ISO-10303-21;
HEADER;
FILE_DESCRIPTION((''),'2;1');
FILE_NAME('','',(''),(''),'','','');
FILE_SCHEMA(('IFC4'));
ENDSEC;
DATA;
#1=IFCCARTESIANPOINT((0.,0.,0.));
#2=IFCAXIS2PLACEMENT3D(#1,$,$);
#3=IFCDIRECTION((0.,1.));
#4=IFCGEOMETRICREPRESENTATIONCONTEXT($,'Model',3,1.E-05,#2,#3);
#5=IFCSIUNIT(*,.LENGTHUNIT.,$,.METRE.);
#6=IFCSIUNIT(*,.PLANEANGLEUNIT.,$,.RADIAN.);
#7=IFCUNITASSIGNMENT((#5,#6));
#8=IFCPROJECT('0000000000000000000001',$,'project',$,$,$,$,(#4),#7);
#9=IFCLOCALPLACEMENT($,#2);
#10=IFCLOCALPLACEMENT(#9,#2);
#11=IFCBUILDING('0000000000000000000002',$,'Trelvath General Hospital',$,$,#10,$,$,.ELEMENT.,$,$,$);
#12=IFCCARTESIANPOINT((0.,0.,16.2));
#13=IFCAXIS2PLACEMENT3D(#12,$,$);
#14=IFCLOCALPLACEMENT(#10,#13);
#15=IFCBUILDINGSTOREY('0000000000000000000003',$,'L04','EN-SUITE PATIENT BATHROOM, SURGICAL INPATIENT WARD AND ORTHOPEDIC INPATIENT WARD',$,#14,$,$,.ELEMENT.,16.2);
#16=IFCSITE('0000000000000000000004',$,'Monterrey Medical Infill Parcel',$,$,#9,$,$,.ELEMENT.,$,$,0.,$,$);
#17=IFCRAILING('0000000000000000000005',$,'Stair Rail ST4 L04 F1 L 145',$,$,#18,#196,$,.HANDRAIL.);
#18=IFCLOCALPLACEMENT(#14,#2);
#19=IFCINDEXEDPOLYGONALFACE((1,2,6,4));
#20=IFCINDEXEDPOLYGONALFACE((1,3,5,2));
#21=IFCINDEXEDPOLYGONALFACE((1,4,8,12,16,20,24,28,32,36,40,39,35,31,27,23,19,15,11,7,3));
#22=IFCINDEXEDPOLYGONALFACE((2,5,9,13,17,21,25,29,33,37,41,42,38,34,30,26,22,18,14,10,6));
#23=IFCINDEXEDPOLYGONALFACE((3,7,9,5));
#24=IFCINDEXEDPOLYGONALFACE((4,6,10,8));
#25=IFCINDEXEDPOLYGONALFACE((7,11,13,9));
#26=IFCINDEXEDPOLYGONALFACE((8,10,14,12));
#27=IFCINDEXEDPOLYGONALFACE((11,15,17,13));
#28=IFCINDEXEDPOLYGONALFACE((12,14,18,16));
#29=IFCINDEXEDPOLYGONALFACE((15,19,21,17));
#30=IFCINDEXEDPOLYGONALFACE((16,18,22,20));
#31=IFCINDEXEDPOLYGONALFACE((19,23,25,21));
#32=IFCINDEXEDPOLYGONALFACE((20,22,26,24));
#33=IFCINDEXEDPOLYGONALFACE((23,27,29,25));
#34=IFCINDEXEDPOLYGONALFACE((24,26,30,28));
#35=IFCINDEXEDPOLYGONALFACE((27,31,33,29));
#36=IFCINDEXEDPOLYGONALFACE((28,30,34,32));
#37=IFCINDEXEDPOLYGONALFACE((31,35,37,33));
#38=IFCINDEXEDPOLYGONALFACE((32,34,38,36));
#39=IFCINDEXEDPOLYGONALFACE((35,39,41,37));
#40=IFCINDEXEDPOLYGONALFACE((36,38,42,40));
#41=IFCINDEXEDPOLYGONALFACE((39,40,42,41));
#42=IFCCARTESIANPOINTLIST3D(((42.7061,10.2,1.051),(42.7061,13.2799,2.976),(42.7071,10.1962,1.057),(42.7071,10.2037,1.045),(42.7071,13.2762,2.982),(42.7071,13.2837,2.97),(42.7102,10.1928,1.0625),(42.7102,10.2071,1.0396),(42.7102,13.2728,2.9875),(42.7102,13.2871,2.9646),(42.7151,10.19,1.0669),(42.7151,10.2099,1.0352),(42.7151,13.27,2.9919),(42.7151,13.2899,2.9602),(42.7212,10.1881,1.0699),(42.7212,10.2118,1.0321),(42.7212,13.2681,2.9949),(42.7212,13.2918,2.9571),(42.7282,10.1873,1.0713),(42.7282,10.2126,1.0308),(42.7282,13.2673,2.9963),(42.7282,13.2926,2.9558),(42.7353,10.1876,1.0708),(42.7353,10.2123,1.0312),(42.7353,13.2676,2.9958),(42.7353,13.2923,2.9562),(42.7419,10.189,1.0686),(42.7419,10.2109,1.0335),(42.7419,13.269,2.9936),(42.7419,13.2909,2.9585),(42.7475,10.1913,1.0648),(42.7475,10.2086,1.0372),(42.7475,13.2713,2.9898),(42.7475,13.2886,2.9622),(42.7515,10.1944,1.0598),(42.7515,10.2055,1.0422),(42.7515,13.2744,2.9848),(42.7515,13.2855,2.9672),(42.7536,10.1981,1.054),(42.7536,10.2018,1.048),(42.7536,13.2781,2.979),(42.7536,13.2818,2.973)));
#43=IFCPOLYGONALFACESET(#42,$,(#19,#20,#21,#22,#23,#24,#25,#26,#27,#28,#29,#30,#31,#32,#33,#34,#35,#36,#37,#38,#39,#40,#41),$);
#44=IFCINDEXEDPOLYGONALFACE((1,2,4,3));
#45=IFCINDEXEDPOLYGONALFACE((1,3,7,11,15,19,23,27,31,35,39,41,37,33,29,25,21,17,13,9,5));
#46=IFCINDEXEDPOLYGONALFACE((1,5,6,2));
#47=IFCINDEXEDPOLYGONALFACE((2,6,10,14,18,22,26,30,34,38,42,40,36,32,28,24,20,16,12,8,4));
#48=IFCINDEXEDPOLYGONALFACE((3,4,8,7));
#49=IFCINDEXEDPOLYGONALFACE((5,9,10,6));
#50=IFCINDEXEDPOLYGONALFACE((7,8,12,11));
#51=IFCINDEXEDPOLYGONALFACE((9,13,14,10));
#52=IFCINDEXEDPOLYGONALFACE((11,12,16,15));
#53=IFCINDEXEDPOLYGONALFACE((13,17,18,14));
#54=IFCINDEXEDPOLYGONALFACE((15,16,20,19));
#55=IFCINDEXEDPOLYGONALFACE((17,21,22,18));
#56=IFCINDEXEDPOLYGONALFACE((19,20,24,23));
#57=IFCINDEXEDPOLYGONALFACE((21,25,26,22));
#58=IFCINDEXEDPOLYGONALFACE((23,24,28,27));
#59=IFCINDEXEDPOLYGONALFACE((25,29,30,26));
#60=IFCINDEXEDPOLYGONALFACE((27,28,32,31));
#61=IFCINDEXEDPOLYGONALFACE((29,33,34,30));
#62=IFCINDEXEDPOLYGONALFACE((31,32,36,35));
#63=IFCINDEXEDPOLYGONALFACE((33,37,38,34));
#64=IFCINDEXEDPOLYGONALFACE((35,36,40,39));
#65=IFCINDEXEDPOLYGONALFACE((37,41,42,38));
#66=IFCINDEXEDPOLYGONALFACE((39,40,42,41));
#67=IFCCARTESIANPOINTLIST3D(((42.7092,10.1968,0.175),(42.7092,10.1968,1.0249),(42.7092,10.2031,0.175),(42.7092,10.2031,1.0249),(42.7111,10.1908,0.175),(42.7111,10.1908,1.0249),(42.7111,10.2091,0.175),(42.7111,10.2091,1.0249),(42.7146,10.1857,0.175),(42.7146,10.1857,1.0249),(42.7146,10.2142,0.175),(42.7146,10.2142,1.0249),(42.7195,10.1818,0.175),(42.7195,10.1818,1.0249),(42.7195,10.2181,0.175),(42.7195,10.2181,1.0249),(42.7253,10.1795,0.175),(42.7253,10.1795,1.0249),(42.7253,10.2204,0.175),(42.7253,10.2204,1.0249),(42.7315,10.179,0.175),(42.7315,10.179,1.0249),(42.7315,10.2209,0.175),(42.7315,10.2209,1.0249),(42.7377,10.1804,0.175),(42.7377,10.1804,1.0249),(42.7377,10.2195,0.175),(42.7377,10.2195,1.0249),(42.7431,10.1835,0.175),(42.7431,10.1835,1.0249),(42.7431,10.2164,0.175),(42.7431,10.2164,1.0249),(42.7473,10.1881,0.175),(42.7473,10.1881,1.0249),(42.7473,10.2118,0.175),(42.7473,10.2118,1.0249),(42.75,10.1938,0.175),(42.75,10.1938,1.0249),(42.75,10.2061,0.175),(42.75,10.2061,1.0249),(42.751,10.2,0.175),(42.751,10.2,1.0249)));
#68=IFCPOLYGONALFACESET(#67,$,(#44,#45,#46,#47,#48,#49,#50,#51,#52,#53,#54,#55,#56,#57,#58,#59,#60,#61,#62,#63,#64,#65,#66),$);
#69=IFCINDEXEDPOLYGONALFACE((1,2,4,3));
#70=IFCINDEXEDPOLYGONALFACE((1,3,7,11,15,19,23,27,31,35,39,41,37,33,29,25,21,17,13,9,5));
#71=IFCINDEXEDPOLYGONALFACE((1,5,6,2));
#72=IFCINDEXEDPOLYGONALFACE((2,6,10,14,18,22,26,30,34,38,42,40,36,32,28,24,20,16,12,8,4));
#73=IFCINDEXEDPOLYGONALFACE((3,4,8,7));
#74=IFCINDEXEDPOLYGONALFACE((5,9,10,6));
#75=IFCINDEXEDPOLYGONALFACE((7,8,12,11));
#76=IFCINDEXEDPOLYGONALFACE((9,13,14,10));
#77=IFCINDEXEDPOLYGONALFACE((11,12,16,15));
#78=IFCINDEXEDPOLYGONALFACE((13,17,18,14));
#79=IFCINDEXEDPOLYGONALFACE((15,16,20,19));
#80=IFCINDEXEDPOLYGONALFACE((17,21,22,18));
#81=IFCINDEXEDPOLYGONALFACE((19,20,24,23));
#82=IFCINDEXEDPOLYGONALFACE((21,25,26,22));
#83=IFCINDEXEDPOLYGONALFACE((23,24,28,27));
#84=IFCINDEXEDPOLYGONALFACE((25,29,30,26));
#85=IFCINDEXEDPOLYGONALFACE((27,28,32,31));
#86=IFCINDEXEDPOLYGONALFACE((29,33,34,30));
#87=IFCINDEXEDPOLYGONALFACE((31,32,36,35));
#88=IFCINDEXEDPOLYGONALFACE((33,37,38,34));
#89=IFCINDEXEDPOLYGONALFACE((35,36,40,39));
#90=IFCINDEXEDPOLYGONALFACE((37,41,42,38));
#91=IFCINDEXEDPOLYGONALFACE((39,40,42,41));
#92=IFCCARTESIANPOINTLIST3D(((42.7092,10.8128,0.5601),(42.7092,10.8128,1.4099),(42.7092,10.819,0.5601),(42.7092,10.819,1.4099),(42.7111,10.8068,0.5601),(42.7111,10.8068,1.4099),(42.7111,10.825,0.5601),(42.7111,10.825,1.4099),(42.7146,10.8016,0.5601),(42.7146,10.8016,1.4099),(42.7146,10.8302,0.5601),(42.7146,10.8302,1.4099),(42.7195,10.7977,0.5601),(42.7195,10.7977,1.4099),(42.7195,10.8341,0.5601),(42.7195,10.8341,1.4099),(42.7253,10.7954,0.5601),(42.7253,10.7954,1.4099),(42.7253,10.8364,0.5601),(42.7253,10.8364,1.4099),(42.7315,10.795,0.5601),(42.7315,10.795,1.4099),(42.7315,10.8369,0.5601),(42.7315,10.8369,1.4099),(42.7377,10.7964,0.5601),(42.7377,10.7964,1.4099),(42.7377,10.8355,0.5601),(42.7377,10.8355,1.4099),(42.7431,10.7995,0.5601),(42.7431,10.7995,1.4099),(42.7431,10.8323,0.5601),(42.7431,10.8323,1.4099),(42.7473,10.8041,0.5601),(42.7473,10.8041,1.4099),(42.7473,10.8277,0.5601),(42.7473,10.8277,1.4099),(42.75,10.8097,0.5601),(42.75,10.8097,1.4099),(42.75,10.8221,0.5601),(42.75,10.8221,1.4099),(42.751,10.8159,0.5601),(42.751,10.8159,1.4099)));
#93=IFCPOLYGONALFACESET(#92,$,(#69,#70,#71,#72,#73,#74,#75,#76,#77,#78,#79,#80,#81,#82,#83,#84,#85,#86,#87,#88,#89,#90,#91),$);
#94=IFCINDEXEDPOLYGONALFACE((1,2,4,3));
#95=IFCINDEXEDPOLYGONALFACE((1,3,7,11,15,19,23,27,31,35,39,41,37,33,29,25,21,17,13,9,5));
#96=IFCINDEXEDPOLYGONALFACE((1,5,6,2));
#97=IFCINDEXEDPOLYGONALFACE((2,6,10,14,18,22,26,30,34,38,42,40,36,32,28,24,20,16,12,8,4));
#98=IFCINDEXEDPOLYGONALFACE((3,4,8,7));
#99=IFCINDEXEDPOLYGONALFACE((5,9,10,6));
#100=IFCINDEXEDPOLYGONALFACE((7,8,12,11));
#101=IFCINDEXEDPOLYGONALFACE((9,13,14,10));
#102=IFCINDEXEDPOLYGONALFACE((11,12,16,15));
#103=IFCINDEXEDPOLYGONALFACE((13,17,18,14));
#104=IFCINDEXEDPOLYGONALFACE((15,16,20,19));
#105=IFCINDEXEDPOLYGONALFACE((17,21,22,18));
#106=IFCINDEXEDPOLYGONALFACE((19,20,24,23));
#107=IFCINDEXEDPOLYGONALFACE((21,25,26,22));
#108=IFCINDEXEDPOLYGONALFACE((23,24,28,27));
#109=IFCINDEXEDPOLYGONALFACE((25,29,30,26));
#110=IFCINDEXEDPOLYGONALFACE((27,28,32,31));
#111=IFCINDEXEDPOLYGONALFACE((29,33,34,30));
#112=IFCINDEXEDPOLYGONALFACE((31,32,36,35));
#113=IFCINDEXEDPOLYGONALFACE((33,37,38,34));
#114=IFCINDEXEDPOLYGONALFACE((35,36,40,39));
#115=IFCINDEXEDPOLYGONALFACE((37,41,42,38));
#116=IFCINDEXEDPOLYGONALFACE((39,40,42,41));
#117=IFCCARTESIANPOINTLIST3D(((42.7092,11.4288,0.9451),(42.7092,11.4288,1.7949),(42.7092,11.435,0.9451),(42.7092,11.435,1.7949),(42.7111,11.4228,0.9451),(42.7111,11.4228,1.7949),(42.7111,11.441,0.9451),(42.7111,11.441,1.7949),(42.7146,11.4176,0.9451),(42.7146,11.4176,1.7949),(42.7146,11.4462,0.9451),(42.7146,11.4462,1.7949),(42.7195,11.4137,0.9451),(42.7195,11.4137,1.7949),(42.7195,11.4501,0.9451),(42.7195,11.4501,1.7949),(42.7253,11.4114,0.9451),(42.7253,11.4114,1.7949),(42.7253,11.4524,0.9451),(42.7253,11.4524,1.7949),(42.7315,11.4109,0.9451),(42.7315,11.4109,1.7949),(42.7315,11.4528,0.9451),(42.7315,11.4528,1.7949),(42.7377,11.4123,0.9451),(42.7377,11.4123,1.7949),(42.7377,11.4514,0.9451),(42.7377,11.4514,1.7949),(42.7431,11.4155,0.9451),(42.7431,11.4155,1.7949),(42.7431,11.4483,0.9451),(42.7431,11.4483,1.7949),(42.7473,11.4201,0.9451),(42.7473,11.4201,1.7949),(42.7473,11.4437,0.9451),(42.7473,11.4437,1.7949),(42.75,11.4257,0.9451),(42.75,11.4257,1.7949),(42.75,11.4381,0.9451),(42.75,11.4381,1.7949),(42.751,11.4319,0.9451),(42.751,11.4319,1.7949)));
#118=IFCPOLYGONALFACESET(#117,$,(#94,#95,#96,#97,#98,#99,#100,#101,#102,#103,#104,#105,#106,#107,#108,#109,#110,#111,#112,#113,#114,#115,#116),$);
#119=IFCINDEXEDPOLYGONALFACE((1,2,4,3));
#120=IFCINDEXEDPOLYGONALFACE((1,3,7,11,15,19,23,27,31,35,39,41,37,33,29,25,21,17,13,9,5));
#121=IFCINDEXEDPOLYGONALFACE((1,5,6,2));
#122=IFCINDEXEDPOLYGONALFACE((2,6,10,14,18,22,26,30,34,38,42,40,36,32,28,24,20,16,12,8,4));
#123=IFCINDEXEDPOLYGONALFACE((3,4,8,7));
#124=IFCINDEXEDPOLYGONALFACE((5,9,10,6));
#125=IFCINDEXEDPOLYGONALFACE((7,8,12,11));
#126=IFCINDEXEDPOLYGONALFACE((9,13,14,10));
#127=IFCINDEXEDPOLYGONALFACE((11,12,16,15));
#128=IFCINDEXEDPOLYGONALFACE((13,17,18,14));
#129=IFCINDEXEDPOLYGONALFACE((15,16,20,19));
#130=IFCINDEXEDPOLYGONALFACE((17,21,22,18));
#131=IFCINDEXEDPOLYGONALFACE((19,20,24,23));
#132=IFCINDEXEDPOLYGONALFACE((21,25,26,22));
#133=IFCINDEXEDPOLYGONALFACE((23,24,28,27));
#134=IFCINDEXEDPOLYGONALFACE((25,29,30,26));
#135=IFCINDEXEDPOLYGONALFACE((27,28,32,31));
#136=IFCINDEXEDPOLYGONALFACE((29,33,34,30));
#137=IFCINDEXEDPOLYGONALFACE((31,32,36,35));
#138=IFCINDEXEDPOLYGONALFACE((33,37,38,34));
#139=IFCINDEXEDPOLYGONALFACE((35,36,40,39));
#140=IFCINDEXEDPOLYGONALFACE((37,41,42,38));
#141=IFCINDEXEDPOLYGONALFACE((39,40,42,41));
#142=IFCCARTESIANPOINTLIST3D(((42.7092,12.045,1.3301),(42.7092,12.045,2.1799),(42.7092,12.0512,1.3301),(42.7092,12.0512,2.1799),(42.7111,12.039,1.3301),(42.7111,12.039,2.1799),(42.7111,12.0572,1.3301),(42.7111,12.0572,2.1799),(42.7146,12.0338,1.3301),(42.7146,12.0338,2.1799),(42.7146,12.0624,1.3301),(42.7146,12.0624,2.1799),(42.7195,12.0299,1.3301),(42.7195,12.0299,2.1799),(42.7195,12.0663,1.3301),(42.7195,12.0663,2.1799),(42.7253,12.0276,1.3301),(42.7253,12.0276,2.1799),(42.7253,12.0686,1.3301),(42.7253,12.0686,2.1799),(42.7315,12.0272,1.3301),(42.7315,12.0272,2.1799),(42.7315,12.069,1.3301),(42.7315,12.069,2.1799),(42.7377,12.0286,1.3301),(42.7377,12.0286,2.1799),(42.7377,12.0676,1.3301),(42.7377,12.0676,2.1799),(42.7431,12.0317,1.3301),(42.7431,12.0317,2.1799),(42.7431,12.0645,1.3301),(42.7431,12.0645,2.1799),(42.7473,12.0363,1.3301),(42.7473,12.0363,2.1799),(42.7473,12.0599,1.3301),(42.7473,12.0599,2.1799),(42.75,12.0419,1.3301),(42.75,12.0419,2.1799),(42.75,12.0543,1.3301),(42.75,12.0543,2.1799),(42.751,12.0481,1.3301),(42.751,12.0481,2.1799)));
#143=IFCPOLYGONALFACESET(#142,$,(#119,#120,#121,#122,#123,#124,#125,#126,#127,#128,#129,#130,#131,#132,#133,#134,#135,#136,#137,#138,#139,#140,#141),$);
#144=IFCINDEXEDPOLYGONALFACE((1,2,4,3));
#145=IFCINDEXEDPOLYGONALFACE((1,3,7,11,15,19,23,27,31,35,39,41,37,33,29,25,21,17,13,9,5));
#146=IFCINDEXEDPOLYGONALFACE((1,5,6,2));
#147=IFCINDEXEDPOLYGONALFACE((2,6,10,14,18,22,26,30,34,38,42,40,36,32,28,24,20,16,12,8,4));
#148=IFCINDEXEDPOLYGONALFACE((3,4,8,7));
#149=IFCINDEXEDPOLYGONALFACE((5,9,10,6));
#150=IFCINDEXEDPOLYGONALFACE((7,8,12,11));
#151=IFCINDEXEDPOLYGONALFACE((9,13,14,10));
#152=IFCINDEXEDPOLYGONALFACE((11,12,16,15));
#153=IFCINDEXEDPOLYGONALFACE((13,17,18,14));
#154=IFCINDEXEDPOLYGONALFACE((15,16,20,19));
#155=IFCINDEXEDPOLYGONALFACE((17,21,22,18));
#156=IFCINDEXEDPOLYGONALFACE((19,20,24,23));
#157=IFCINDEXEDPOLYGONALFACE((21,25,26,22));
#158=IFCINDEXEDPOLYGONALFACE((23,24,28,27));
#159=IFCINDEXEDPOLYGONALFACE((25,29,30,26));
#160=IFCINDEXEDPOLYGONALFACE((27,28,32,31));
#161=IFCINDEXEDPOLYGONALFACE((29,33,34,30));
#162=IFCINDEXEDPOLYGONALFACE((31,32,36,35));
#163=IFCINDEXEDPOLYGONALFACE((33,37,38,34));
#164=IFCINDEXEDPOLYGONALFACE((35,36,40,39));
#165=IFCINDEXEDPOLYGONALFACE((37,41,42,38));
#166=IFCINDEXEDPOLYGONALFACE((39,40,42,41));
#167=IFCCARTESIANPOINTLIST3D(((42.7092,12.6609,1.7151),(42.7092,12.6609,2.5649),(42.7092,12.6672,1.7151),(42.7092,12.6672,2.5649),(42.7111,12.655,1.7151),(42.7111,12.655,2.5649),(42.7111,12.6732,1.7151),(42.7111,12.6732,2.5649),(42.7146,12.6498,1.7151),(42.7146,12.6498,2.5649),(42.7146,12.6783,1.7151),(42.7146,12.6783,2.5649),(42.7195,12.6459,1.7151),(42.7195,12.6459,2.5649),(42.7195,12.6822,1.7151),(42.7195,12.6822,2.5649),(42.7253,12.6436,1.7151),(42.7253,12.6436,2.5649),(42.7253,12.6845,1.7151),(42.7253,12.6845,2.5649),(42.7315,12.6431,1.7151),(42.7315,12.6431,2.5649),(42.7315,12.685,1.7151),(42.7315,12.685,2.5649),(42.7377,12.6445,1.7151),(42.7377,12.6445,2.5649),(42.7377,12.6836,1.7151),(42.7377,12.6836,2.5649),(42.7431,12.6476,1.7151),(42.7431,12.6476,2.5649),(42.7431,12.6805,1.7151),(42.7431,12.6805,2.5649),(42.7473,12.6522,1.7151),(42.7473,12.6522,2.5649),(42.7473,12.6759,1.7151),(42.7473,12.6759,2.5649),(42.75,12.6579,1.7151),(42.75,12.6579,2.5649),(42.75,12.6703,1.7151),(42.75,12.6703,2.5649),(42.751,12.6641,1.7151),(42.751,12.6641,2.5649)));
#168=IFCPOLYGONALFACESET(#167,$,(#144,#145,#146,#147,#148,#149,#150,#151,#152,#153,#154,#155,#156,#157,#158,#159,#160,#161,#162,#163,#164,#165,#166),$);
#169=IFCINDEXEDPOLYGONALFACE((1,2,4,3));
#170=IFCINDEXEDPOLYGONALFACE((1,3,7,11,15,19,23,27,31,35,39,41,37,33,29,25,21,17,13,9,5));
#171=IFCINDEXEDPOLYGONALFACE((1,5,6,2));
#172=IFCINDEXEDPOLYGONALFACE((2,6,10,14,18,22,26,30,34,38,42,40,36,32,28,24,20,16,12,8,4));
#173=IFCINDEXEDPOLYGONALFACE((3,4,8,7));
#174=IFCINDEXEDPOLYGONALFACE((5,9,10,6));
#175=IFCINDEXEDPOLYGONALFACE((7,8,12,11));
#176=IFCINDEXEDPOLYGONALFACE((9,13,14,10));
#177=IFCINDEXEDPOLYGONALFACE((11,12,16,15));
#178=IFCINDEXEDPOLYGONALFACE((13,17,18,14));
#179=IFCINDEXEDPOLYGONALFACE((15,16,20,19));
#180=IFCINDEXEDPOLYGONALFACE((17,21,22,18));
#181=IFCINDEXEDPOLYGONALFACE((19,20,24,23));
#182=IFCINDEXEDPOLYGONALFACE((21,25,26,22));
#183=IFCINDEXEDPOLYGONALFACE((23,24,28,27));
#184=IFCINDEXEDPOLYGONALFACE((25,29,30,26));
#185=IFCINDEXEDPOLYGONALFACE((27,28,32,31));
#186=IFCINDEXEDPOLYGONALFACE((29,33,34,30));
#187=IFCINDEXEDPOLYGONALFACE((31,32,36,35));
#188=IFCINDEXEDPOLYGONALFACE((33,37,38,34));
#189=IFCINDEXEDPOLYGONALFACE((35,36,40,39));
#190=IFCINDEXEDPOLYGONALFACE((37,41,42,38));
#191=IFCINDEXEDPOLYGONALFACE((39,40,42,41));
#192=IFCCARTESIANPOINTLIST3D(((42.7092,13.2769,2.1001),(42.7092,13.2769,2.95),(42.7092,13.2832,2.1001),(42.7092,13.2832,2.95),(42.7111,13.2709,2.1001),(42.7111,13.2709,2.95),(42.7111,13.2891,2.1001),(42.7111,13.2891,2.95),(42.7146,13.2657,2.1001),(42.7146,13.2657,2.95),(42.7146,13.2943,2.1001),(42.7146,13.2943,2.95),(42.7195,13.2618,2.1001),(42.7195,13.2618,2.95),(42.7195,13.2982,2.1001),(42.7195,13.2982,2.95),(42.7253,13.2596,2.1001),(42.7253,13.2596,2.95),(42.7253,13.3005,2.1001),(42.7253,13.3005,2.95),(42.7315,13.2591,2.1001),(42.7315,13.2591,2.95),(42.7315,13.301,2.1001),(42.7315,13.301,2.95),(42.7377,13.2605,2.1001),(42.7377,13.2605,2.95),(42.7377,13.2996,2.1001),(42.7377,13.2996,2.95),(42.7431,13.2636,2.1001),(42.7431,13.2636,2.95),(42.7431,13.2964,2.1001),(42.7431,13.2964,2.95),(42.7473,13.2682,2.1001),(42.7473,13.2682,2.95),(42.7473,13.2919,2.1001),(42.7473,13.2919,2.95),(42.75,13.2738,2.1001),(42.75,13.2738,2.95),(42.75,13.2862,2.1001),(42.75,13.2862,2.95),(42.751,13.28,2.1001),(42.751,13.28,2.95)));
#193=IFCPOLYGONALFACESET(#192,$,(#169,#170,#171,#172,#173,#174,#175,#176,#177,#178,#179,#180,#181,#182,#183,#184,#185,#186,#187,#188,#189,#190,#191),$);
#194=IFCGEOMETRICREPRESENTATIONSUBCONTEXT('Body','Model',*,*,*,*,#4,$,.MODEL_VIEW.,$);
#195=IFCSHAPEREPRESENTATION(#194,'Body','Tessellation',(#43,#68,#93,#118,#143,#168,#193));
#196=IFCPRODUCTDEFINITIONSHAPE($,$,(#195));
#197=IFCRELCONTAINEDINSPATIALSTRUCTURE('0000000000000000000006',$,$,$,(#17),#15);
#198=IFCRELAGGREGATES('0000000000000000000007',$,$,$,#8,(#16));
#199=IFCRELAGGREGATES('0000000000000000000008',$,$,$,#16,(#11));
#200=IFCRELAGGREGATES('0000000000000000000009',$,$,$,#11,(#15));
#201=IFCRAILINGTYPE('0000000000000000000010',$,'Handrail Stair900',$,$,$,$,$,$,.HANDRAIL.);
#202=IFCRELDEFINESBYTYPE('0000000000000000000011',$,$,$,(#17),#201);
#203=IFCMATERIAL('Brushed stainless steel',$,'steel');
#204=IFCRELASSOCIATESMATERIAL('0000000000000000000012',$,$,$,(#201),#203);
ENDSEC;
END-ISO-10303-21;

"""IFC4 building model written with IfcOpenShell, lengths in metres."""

from ifc_helpers import new_model, si_unit, direction, frame, origin, origin_2d, place, context, subcontext, project, spatial, circle, extrude, material, type_object, element, save


model = new_model("IFC4")

# Units and contexts
model_context = context("Model", 3, precision=1e-05, world=origin(), true_north=direction((0.0, 1.0)))
body_context = subcontext(model_context, "Body", "Model", "MODEL_VIEW")
ifc_project = project(units=[si_unit("LENGTHUNIT", "METRE"), si_unit("PLANEANGLEUNIT", "RADIAN")], contexts=[model_context])

# Site, building, storey
site_placement = place(None, origin())
site = spatial("IfcSite", under=ifc_project, at=site_placement, Name="Monterrey Medical Infill Parcel", CompositionType="ELEMENT", RefElevation=0.0)
building_placement = place(site_placement, origin())
building = spatial("IfcBuilding", under=site, at=building_placement, Name="Trelvath General Hospital", CompositionType="ELEMENT")
storey_placement = place(building_placement, frame((0.0, 0.0, 16.2)))
storey = spatial("IfcBuildingStorey", under=building, at=storey_placement, Name="L04", Description="EN-SUITE PATIENT BATHROOM, SURGICAL INPATIENT WARD AND ORTHOPEDIC INPATIENT WARD", CompositionType="ELEMENT", Elevation=16.2)

# Railing
ifc_material_1 = material(Name="Brushed stainless steel", Category="steel")
railing_type_1 = type_object("IfcRailingType", Name="Handrail Stair900", PredefinedType="HANDRAIL", material=ifc_material_1)
railing_1_placement = place(storey_placement, frame((42.73, 10.2, 0.175)))
element("IfcRailing", 1, at=railing_1_placement, inside=storey, type_object=railing_type_1, Name="Stair Rail ST4 L04 F1 L 145", PredefinedType="HANDRAIL", context=body_context, shape_type="SweptSolid", body=[
    extrude(circle(Radius=0.0239, at=origin_2d()), frame((0.0, 0.0, 0.876), z_axis=(0.0, 0.847998, 0.529999), x_axis=(-1.0, 0.0, 0.0)), (0.0, 0.0, 1.0), 3.6321),
    extrude(circle(Radius=0.021, at=origin_2d()), origin(), (0.0, 0.0, 1.0), 0.8499),
    extrude(circle(Radius=0.021, at=origin_2d()), frame((0.0, 0.616, 0.385)), (0.0, 0.0, 1.0), 0.8499),
    extrude(circle(Radius=0.021, at=origin_2d()), frame((0.0, 1.2319, 0.77)), (0.0, 0.0, 1.0), 0.8499),
    extrude(circle(Radius=0.021, at=origin_2d()), frame((0.0, 1.8481, 1.155)), (0.0, 0.0, 1.0), 0.8499),
    extrude(circle(Radius=0.021, at=origin_2d()), frame((0.0, 2.4641, 1.54)), (0.0, 0.0, 1.0), 0.8499),
    extrude(circle(Radius=0.021, at=origin_2d()), frame((0.0, 3.0801, 1.925)), (0.0, 0.0, 1.0), 0.8499),
])

save(model, "model.ifc")
